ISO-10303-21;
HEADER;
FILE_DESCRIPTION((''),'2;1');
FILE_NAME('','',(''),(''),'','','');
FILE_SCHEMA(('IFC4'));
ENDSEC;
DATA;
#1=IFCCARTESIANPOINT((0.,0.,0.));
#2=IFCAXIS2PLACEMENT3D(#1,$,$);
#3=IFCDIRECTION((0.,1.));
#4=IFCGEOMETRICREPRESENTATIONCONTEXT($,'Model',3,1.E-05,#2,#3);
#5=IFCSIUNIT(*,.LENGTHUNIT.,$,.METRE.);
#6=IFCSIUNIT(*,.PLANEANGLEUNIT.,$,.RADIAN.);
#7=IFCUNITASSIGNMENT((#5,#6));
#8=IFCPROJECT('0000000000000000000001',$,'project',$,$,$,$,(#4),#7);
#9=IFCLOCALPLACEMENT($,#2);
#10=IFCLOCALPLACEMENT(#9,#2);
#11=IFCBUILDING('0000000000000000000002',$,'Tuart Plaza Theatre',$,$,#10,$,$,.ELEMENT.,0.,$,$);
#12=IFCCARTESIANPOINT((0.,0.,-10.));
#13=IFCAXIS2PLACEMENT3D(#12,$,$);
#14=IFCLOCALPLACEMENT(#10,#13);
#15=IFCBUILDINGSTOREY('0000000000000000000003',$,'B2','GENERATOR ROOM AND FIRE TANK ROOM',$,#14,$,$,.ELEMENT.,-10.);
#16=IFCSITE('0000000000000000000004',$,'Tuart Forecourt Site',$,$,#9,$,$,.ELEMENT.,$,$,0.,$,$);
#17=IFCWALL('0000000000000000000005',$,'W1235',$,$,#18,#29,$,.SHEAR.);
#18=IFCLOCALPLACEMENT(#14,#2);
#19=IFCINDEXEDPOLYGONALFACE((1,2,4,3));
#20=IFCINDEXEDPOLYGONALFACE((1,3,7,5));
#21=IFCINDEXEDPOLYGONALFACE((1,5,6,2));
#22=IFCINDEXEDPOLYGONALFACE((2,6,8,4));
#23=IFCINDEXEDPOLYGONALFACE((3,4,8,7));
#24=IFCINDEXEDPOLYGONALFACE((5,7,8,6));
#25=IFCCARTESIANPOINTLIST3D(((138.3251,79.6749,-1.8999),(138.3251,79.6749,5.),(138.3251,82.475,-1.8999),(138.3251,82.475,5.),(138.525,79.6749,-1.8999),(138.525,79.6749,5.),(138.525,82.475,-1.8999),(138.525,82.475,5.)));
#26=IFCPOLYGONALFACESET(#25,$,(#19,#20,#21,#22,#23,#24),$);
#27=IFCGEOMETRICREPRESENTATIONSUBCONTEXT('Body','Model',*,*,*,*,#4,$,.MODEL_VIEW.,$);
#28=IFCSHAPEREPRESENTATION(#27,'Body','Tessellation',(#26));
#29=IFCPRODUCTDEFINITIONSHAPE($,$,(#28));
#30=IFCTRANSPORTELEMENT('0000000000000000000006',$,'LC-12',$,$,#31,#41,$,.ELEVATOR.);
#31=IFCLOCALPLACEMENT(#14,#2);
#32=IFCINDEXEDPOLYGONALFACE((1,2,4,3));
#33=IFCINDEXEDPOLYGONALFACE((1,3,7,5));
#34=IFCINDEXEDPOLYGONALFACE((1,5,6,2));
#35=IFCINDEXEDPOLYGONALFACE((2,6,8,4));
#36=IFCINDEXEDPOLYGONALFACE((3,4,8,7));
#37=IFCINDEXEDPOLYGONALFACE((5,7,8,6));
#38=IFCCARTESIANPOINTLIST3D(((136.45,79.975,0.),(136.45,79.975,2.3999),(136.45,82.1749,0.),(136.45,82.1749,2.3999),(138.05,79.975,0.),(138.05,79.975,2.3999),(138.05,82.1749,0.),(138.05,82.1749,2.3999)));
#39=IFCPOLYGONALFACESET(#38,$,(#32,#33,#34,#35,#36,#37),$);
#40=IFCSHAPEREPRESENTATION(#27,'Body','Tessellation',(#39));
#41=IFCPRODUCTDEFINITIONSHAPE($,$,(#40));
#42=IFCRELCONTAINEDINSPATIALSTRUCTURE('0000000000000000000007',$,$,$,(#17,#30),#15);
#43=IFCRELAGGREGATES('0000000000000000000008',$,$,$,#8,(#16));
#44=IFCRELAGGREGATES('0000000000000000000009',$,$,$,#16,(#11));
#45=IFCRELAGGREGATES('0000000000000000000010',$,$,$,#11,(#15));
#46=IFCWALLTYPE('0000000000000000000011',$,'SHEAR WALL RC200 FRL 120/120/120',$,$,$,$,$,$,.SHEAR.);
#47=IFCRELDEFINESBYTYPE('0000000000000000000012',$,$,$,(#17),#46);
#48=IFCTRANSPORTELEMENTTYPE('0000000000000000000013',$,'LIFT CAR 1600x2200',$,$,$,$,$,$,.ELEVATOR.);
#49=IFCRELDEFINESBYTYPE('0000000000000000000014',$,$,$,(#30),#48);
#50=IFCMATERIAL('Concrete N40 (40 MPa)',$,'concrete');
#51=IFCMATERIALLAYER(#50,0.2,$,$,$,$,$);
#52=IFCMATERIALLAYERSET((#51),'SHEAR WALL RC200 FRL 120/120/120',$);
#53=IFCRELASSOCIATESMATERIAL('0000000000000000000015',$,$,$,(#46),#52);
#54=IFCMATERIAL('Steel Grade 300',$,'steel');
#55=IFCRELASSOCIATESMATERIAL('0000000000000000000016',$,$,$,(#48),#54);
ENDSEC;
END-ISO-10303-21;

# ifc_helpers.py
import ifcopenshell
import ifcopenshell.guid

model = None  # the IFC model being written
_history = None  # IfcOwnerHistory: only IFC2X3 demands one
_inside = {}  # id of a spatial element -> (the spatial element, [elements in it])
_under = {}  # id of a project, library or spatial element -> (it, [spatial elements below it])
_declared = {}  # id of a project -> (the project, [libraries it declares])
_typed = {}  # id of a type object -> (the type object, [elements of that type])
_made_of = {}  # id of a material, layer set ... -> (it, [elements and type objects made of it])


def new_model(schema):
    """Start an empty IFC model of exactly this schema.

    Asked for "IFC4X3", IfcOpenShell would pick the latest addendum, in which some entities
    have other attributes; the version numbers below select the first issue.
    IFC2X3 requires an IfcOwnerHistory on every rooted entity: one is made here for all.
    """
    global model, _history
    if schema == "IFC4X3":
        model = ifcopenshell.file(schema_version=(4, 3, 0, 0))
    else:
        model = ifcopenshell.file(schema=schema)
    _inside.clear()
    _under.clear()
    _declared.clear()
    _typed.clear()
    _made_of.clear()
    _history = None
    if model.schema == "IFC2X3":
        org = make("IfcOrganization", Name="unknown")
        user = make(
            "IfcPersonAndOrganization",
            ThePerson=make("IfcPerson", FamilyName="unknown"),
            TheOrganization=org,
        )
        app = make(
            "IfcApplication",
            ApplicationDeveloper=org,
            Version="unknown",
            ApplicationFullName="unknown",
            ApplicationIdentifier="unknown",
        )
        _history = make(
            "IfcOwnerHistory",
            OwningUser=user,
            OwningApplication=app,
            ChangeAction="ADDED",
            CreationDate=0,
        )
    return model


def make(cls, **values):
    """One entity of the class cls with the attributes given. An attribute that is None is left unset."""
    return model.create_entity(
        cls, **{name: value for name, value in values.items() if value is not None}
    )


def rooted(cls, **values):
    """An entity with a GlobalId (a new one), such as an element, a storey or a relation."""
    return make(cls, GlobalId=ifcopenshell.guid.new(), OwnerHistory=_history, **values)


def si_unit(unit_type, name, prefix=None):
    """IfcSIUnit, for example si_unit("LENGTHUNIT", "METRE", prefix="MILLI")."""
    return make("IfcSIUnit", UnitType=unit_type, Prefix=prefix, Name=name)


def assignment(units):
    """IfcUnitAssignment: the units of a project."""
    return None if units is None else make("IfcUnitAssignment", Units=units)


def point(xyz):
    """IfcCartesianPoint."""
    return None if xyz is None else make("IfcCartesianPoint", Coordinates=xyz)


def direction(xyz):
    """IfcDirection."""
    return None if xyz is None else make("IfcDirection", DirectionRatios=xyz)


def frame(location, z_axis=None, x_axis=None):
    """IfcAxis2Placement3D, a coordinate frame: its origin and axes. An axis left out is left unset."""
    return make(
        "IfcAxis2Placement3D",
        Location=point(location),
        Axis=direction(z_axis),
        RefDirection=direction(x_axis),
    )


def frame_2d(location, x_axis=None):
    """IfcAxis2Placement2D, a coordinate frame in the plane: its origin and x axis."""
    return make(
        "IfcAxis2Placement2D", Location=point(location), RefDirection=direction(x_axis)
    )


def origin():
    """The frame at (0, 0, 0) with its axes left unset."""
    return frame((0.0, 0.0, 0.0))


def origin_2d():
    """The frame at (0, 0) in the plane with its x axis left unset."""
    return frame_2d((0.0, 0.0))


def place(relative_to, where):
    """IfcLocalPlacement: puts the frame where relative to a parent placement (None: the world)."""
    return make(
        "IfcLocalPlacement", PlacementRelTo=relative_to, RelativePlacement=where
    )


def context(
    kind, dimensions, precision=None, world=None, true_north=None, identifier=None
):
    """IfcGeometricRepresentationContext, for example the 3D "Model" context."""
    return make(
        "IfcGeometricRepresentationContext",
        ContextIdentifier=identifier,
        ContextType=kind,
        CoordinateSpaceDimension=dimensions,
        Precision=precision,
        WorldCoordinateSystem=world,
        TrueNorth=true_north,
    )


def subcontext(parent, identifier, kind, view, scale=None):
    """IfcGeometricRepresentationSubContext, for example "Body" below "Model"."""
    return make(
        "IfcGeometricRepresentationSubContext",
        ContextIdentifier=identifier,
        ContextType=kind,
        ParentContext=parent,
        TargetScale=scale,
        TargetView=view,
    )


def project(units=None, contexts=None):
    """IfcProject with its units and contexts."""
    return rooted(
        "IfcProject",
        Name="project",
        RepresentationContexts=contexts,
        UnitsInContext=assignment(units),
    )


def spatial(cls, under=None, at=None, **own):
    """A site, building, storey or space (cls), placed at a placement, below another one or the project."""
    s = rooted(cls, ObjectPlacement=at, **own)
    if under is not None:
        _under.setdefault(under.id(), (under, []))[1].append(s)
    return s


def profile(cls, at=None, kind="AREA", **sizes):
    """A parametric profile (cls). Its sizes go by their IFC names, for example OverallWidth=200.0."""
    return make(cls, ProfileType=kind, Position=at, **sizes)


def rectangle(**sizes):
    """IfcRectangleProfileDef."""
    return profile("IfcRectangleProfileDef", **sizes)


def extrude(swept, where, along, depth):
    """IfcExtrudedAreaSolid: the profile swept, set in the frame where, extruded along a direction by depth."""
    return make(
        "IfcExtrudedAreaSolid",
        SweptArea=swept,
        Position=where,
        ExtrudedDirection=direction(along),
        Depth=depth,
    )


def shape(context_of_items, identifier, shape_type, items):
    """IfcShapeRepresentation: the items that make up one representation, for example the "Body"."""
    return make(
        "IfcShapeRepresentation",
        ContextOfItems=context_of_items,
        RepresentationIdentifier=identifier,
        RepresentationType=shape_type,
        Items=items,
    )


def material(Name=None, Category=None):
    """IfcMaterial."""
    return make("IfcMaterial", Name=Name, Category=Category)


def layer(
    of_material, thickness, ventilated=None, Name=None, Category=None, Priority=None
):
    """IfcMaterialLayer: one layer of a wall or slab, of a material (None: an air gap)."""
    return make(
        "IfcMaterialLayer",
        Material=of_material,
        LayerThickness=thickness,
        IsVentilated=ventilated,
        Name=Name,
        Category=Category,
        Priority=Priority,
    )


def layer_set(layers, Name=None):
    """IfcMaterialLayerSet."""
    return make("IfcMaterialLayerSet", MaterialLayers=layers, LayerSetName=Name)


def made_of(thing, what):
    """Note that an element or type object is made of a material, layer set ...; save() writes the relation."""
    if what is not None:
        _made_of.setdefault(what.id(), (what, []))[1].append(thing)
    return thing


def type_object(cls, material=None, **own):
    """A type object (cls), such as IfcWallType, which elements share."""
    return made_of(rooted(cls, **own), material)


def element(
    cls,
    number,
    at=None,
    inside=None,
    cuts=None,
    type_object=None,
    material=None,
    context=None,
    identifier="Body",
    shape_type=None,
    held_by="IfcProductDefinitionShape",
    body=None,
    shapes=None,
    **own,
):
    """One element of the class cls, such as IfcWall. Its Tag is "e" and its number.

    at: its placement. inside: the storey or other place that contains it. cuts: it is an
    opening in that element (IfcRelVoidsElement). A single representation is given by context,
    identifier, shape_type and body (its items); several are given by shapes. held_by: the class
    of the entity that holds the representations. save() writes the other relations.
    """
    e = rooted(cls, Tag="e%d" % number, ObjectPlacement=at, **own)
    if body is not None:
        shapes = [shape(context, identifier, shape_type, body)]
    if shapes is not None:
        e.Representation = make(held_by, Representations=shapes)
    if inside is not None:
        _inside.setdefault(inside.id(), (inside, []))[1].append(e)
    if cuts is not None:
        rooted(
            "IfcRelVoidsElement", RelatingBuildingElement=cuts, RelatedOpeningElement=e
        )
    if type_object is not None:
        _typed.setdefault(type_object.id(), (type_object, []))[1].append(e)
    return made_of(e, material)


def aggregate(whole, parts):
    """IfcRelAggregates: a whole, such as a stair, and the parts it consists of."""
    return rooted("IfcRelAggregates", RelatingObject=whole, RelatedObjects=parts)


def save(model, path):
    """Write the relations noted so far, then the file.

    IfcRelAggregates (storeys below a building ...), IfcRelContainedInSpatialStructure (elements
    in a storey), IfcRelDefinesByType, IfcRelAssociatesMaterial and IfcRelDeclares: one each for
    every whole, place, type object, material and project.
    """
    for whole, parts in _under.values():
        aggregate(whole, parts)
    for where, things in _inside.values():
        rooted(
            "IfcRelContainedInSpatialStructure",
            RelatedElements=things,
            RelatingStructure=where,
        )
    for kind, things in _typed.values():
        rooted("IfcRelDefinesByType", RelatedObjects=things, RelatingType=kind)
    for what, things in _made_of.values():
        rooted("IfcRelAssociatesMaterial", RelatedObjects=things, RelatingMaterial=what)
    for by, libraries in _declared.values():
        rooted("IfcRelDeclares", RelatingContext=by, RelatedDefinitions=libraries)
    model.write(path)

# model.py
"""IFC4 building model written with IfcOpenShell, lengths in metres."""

from ifc_helpers import new_model, si_unit, direction, frame, frame_2d, origin, origin_2d, place, context, subcontext, project, spatial, rectangle, extrude, material, layer, layer_set, type_object, element, save


model = new_model("IFC4")

# Units and contexts
model_context = context("Model", 3, precision=1e-05, world=origin(), true_north=direction((0.0, 1.0)))
body_context = subcontext(model_context, "Body", "Model", "MODEL_VIEW")
ifc_project = project(units=[si_unit("LENGTHUNIT", "METRE"), si_unit("PLANEANGLEUNIT", "RADIAN")], contexts=[model_context])

# Site, building, storey
site_placement = place(None, origin())
site = spatial("IfcSite", under=ifc_project, at=site_placement, Name="Tuart Forecourt Site", CompositionType="ELEMENT", RefElevation=0.0)
building_placement = place(site_placement, origin())
building = spatial("IfcBuilding", under=site, at=building_placement, Name="Tuart Plaza Theatre", CompositionType="ELEMENT", ElevationOfRefHeight=0.0)
storey_placement = place(building_placement, frame((0.0, 0.0, -10.0)))
storey = spatial("IfcBuildingStorey", under=building, at=storey_placement, Name="B2", Description="GENERATOR ROOM AND FIRE TANK ROOM", CompositionType="ELEMENT", Elevation=-10.0)

# Shared definitions
ifc_material_1 = material(Name="Concrete N40 (40 MPa)", Category="concrete")
ifc_layer_1 = layer(ifc_material_1, 0.2)
ifc_layer_set_1 = layer_set([ifc_layer_1], Name="SHEAR WALL RC200 FRL 120/120/120")
wall_type_1 = type_object("IfcWallType", Name="SHEAR WALL RC200 FRL 120/120/120", PredefinedType="SHEAR", material=ifc_layer_set_1)

# Wall
wall_1_placement = place(storey_placement, frame((138.425, 79.675, -1.8999), z_axis=(0.0, 0.0, 1.0), x_axis=(0.0, 1.0, 0.0)))
element("IfcWall", 1, at=wall_1_placement, inside=storey, type_object=wall_type_1, Name="W1235", PredefinedType="SHEAR", context=body_context, shape_type="SweptSolid", body=[
    extrude(rectangle(XDim=2.8, YDim=0.2, at=frame_2d((1.3999, 0.0))), origin(), (0.0, 0.0, 1.0), 6.8999),
])

# Transport element
ifc_material_2 = material(Name="Steel Grade 300", Category="steel")
transport_element_type = type_object("IfcTransportElementType", Name="LIFT CAR 1600x2200", PredefinedType="ELEVATOR", material=ifc_material_2)
transport_element_placement = place(storey_placement, frame((137.25, 81.075, 0.0), z_axis=(0.0, 0.0, 1.0), x_axis=(1.0, 0.0, 0.0)))
element("IfcTransportElement", 2, at=transport_element_placement, inside=storey, type_object=transport_element_type, Name="LC-12", PredefinedType="ELEVATOR", context=body_context, shape_type="SweptSolid", body=[
    extrude(rectangle(XDim=1.6001, YDim=2.2, at=origin_2d()), origin(), (0.0, 0.0, 1.0), 2.3999),
])

save(model, "model.ifc")
